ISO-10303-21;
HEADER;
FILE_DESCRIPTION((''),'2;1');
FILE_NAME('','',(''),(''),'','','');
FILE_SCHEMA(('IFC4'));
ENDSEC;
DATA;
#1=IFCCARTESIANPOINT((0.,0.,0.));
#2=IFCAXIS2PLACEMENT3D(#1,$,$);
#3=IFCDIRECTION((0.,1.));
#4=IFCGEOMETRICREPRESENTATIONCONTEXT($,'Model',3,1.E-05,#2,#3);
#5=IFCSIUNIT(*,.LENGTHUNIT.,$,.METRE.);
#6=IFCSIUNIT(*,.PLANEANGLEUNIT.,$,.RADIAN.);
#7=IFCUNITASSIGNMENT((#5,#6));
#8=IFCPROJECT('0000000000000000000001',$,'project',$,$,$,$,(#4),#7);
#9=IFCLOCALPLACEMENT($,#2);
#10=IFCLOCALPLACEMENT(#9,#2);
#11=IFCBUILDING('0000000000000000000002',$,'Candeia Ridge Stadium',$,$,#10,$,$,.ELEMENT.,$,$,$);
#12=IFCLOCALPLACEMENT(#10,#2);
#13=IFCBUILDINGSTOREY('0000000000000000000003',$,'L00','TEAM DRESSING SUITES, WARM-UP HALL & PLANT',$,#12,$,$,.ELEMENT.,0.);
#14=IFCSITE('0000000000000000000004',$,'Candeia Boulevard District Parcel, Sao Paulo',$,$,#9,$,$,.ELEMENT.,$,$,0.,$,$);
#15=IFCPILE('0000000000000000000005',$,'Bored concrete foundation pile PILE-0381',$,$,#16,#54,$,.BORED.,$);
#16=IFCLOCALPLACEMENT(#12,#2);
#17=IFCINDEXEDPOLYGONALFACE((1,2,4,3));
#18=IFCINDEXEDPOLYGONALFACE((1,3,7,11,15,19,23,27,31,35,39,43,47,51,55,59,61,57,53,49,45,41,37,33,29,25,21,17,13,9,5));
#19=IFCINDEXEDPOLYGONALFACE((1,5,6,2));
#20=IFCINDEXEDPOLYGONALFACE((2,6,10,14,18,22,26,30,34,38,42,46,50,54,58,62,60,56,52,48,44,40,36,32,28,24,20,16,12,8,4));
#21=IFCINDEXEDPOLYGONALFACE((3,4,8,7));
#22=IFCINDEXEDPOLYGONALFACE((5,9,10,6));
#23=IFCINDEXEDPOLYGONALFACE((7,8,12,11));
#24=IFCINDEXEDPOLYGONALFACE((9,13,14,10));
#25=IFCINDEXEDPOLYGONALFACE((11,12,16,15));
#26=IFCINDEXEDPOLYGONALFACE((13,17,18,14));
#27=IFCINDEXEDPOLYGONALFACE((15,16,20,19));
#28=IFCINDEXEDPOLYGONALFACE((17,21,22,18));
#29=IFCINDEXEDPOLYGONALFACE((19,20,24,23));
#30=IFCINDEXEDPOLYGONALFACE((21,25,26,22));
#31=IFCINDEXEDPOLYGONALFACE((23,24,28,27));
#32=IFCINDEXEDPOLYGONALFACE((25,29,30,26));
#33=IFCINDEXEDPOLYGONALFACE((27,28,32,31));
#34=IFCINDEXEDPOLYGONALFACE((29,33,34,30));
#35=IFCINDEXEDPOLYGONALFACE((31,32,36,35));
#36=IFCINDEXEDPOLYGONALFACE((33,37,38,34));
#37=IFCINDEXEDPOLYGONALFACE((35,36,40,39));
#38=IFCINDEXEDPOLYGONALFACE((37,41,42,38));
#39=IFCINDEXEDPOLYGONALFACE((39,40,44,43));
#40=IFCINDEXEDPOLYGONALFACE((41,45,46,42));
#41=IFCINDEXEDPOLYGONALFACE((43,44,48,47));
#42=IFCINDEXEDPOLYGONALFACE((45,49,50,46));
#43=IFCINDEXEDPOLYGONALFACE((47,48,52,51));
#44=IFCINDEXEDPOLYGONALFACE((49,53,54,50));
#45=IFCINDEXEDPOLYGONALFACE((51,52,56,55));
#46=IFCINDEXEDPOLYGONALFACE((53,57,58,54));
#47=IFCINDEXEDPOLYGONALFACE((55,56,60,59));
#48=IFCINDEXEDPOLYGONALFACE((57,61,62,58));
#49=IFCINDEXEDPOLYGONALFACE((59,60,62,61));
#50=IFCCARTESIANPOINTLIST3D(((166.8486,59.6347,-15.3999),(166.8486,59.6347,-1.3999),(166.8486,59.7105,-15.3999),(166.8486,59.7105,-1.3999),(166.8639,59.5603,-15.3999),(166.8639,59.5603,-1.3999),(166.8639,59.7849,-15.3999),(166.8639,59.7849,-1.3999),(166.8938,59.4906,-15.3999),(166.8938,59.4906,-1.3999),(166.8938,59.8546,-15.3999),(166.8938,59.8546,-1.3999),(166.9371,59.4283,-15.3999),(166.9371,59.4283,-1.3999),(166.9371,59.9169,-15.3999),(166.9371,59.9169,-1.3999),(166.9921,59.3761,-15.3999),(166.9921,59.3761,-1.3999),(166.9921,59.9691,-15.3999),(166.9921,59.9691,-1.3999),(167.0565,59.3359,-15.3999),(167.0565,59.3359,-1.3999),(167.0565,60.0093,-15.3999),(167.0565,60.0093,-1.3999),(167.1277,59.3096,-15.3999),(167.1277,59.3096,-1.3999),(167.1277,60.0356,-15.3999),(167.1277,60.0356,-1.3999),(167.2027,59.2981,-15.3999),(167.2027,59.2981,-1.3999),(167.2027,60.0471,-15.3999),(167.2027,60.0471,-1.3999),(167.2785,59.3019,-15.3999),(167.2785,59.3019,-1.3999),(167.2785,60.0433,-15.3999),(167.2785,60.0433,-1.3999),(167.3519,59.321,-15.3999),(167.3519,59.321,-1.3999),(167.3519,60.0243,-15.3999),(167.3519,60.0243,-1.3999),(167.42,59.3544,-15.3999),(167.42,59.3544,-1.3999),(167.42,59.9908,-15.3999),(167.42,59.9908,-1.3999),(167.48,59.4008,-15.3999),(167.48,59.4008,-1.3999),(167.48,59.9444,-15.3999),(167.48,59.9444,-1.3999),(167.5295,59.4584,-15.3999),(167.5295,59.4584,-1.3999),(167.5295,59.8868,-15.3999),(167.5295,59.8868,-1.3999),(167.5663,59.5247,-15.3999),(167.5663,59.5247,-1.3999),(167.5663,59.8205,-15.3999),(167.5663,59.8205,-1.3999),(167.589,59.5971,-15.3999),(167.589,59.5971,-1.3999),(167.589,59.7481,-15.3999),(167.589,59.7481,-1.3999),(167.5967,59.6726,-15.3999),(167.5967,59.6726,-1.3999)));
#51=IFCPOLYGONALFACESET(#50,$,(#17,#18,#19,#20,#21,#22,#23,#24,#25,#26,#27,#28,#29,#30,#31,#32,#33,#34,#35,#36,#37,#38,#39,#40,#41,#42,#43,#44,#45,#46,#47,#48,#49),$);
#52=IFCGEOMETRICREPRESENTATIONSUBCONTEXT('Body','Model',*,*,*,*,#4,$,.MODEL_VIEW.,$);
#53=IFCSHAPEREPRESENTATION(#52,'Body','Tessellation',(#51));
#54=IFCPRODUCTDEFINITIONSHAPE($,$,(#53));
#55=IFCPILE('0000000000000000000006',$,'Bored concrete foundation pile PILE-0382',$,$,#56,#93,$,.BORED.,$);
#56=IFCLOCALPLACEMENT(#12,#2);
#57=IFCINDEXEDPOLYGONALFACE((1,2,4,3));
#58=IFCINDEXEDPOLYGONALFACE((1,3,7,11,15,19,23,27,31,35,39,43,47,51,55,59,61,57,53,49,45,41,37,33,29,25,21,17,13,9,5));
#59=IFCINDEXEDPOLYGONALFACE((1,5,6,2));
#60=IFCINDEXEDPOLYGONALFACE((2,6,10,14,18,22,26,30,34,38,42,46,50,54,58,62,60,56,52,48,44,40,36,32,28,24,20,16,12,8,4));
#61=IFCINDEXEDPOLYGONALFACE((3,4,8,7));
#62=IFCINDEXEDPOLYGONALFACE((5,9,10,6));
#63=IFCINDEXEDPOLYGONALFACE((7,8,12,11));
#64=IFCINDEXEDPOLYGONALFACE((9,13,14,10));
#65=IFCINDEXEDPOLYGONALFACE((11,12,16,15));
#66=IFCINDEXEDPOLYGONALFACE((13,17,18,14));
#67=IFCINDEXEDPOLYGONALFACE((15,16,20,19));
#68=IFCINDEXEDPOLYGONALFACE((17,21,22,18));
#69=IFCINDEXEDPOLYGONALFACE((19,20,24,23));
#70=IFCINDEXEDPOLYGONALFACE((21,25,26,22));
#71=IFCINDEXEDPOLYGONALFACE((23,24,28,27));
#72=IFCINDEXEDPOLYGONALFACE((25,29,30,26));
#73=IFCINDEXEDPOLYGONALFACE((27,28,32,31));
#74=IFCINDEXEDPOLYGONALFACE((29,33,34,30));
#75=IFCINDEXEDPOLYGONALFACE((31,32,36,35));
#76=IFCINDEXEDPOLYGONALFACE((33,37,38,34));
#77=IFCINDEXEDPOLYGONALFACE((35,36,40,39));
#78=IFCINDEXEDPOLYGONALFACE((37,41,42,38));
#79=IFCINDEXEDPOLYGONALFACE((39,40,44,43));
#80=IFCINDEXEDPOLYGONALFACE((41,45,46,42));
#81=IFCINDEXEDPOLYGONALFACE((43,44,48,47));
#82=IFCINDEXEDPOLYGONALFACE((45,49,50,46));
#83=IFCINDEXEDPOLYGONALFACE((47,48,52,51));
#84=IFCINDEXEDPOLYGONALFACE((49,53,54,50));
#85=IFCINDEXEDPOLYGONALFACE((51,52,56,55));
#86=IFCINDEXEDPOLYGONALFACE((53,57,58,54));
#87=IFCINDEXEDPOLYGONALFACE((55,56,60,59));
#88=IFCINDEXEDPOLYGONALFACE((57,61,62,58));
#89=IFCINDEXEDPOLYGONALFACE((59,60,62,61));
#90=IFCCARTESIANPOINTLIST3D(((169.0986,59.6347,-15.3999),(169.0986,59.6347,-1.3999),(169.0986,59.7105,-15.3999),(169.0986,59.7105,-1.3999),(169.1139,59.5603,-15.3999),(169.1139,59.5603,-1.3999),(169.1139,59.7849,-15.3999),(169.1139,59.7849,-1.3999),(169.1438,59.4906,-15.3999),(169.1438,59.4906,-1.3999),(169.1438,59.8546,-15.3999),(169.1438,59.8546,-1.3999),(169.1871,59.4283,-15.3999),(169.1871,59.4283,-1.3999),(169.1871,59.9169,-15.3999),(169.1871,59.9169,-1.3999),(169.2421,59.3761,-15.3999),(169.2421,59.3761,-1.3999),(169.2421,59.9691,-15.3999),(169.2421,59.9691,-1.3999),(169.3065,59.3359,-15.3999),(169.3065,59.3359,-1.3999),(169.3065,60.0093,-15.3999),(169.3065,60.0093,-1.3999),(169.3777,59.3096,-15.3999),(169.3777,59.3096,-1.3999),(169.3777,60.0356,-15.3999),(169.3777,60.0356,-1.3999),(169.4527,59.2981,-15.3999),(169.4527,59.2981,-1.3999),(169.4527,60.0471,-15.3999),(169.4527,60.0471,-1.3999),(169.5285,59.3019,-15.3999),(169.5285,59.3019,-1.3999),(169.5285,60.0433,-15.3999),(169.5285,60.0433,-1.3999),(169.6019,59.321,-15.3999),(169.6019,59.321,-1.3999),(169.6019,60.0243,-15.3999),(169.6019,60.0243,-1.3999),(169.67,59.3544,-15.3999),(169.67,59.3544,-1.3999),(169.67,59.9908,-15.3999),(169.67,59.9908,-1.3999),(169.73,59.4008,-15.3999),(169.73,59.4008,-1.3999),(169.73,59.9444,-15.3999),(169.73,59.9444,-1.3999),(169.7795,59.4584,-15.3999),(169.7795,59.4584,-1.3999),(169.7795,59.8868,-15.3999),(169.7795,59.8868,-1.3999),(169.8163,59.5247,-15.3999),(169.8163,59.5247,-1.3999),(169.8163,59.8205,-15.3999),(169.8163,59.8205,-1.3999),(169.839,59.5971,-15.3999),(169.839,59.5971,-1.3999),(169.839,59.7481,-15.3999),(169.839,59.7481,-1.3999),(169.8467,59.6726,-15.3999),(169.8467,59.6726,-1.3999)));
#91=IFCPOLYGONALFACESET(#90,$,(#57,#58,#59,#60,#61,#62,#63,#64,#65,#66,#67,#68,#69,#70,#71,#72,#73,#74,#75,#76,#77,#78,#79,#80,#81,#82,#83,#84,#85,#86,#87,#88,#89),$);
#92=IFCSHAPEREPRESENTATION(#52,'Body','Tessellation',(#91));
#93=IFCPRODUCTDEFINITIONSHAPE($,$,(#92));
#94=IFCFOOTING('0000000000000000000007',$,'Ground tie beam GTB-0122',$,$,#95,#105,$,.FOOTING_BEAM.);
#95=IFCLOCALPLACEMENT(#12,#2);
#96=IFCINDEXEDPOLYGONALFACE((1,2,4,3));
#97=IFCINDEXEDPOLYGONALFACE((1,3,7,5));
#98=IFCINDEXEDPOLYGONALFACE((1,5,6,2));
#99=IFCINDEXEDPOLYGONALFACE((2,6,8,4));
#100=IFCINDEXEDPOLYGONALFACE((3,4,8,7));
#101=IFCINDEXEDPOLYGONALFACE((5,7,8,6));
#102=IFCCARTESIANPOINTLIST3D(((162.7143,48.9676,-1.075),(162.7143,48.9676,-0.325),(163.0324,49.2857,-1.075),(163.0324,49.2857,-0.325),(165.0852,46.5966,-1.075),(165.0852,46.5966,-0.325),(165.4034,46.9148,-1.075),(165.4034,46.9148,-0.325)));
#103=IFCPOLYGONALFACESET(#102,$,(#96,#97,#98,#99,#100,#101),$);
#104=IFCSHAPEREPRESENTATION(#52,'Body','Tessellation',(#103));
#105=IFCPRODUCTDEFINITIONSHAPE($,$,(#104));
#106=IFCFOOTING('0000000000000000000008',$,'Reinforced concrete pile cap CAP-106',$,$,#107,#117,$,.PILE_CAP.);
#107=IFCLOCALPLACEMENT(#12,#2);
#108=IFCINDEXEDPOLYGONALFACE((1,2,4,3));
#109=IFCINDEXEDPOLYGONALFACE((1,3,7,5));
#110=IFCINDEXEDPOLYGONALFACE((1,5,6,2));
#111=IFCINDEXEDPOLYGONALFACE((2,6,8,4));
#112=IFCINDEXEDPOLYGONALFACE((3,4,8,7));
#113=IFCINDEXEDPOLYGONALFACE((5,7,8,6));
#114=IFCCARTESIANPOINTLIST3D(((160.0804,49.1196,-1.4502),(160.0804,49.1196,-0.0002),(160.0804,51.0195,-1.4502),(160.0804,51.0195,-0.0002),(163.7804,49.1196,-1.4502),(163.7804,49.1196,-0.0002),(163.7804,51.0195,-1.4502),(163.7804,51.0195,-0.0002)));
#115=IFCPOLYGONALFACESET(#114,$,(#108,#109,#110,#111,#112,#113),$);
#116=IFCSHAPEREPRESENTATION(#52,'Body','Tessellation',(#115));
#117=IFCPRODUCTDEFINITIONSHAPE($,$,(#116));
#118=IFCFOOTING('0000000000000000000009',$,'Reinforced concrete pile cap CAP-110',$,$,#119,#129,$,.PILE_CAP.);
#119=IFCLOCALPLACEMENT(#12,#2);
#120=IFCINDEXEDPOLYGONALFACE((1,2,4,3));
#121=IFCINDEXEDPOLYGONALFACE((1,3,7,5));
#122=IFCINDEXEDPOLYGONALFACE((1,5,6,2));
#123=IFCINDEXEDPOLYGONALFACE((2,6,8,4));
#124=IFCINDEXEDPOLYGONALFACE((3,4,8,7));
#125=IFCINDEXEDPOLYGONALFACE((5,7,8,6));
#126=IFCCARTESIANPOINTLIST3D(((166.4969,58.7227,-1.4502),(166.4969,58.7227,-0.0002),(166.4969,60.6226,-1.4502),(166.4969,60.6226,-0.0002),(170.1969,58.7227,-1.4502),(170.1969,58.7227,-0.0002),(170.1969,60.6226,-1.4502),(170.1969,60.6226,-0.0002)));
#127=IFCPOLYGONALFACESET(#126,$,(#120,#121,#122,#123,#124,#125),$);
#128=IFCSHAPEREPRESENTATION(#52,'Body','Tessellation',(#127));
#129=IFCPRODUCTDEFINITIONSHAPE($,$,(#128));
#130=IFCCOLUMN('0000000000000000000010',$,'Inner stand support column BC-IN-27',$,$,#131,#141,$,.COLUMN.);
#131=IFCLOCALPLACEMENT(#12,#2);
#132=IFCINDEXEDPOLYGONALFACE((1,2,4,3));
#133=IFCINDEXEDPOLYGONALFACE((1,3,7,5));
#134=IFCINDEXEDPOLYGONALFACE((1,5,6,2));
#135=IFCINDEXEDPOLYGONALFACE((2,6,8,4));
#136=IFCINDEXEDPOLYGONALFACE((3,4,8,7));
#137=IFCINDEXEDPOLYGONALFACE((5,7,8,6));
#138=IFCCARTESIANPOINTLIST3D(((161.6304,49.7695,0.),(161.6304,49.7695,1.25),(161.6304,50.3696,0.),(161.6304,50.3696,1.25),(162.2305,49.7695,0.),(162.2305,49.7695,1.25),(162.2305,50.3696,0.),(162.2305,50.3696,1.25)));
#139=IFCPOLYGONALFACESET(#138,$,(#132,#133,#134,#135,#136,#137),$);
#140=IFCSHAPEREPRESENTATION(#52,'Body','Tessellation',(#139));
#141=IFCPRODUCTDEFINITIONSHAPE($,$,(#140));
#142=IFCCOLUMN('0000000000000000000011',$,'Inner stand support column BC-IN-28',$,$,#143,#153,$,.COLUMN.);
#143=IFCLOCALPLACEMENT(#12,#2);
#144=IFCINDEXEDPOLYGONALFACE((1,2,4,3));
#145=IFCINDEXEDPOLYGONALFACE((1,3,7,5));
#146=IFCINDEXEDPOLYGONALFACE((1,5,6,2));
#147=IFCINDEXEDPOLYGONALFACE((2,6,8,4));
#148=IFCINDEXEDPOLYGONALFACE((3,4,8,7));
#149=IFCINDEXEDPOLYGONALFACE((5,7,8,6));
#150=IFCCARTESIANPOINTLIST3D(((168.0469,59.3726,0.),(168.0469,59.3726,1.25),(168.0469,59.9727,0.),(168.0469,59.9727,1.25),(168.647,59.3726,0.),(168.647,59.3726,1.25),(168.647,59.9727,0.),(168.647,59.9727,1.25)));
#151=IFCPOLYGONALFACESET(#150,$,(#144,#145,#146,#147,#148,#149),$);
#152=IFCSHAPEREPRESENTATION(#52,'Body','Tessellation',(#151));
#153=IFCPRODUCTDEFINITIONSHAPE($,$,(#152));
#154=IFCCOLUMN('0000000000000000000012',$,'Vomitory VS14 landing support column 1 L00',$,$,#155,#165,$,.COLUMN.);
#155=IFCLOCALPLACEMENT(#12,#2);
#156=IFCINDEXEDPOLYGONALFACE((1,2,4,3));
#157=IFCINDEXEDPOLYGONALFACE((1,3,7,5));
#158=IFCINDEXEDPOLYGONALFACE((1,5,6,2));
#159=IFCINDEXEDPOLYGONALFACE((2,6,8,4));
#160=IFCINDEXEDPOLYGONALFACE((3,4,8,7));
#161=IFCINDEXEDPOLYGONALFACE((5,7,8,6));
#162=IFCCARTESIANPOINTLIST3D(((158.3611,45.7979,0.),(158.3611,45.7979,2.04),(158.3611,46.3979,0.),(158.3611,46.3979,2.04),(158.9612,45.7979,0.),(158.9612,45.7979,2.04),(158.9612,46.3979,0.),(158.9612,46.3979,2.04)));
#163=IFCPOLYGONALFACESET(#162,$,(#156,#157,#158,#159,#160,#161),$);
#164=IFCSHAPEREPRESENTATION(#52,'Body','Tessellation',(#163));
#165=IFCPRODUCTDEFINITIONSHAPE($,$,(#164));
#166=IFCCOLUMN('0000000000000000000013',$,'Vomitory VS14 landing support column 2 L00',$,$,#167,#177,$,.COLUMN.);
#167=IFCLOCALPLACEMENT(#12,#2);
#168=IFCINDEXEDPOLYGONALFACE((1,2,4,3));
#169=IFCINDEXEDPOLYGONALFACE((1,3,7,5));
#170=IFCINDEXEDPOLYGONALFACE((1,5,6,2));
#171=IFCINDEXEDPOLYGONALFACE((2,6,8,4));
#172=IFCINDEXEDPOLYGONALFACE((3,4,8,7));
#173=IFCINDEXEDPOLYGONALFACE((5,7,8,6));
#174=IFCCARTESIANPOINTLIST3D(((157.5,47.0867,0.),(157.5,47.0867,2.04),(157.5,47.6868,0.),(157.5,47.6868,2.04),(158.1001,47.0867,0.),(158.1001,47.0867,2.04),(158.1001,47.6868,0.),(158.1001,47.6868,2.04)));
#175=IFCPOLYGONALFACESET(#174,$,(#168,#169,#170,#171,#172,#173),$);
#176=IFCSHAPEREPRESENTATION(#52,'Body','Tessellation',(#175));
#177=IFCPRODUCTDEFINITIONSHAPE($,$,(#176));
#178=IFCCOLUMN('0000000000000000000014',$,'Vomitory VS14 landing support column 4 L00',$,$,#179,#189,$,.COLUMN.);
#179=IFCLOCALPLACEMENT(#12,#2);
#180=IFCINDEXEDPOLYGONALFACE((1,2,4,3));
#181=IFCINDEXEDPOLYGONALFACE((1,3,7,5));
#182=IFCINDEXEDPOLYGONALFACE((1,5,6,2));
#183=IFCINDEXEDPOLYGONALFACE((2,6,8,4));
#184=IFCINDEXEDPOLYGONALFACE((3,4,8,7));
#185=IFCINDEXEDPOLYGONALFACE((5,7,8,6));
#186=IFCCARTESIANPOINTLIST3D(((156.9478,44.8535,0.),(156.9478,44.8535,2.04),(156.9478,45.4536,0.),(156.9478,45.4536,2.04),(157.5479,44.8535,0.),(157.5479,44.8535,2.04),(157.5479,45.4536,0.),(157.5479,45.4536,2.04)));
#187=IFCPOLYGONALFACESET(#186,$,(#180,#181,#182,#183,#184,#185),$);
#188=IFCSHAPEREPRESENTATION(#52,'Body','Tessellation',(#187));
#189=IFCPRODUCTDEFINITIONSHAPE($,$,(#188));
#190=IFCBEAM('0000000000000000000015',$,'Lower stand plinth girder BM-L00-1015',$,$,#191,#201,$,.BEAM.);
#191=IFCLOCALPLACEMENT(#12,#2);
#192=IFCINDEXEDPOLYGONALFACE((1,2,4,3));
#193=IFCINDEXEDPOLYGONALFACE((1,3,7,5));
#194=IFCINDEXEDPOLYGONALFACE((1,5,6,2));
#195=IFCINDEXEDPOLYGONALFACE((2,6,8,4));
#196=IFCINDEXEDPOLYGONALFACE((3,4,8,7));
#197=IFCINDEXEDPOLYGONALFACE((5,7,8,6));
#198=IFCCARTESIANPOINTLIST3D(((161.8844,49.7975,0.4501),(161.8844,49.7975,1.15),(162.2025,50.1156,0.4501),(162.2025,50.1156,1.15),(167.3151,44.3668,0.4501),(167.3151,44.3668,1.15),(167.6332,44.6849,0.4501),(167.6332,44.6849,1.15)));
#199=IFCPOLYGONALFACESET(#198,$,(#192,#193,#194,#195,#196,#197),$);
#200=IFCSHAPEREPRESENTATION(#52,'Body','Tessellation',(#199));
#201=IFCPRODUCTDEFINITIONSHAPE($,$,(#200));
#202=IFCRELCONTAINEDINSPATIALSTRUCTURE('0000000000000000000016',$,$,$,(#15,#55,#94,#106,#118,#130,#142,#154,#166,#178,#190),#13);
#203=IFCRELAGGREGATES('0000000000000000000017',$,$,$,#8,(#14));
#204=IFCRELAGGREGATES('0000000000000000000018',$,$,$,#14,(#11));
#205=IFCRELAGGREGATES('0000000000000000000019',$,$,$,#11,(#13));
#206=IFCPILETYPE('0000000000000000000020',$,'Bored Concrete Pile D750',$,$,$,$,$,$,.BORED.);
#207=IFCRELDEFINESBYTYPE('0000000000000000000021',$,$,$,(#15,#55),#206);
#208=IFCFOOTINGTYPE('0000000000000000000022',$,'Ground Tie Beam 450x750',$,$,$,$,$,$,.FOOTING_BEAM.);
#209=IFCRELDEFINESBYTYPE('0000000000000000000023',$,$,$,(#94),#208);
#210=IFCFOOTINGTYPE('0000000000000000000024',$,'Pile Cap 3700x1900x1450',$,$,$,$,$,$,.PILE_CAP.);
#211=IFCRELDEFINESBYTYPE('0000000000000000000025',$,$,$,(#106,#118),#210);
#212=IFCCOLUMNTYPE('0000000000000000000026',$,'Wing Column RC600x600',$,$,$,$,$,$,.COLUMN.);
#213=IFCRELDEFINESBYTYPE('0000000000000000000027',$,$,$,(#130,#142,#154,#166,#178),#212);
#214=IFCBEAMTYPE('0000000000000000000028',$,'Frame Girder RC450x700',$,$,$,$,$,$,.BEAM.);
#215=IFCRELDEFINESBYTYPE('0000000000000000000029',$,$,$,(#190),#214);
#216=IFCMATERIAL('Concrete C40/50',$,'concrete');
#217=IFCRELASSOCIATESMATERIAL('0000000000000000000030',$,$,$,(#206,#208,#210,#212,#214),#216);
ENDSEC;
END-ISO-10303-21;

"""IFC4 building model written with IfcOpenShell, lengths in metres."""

from ifc_helpers import new_model, si_unit, direction, frame, origin, origin_2d, place, context, subcontext, project, spatial, rectangle, circle, extrude, material, material_profile, profile_set, type_object, element, save


model = new_model("IFC4")

# Units and contexts
model_context = context("Model", 3, precision=1e-05, world=origin(), true_north=direction((0.0, 1.0)))
body_context = subcontext(model_context, "Body", "Model", "MODEL_VIEW")
ifc_project = project(units=[si_unit("LENGTHUNIT", "METRE"), si_unit("PLANEANGLEUNIT", "RADIAN")], contexts=[model_context])

# Site, building, storey
site_placement = place(None, origin())
site = spatial("IfcSite", under=ifc_project, at=site_placement, Name="Candeia Boulevard District Parcel, Sao Paulo", CompositionType="ELEMENT", RefElevation=0.0)
building_placement = place(site_placement, origin())
building = spatial("IfcBuilding", under=site, at=building_placement, Name="Candeia Ridge Stadium", CompositionType="ELEMENT")
storey_placement = place(building_placement, origin())
storey = spatial("IfcBuildingStorey", under=building, at=storey_placement, Name="L00", Description="TEAM DRESSING SUITES, WARM-UP HALL & PLANT", CompositionType="ELEMENT", Elevation=0.0)

# Piles
ifc_material_1 = material(Name="Concrete C40/50", Category="concrete")
ifc_material_profile_1 = material_profile(ifc_material_1, circle(Radius=0.375, at=origin_2d()), Name="PILE-D750", Category="concrete")
ifc_profile_set_1 = profile_set([ifc_material_profile_1], Name="Concrete C40/50")
pile_type_1 = type_object("IfcPileType", Name="Bored Concrete Pile D750", PredefinedType="BORED", material=ifc_profile_set_1)
for number, where, z_axis, x_axis, name in (
    (1, (167.2217, 59.6726, -1.3999), (0.0, 0.0, -1.0), (1.0, 0.0, 0.0), "Bored concrete foundation pile PILE-0381"),
    (2, (169.4717, 59.6726, -1.3999), (0.0, 0.0, -1.0), (1.0, 0.0, 0.0), "Bored concrete foundation pile PILE-0382"),
):
    element("IfcPile", number, at=place(storey_placement, frame(where, z_axis=z_axis, x_axis=x_axis)), inside=storey, type_object=pile_type_1, Name=name, PredefinedType="BORED", context=body_context, shape_type="SweptSolid", body=[
        extrude(circle(Radius=0.375, at=origin_2d()), origin(), (0.0, 0.0, 1.0), 14.0),
    ])

# Footings
footing_type_1 = type_object("IfcFootingType", Name="Ground Tie Beam 450x750", PredefinedType="FOOTING_BEAM", material=ifc_material_1)
footing_placement = place(storey_placement, frame((164.0588, 47.9412, -1.075), z_axis=(0.0, 0.0, 1.0), x_axis=(0.707107, -0.707107, 0.0)))
element("IfcFooting", 3, at=footing_placement, inside=storey, type_object=footing_type_1, Name="Ground tie beam GTB-0122", PredefinedType="FOOTING_BEAM", context=body_context, shape_type="SweptSolid", body=[
    extrude(rectangle(XDim=3.353, YDim=0.45, at=origin_2d()), origin(), (0.0, 0.0, 1.0), 0.75),
])
footing_type_2 = type_object("IfcFootingType", Name="Pile Cap 3700x1900x1450", PredefinedType="PILE_CAP", material=ifc_material_1)
for number, where, z_axis, x_axis, name in (
    (4, (161.9304, 50.0696, -1.4502), (0.0, 0.0, 1.0), (1.0, 0.0, 0.0), "Reinforced concrete pile cap CAP-106"),
    (5, (168.3469, 59.6726, -1.4502), (0.0, 0.0, 1.0), (1.0, 0.0, 0.0), "Reinforced concrete pile cap CAP-110"),
):
    element("IfcFooting", number, at=place(storey_placement, frame(where, z_axis=z_axis, x_axis=x_axis)), inside=storey, type_object=footing_type_2, Name=name, PredefinedType="PILE_CAP", context=body_context, shape_type="SweptSolid", body=[
        extrude(rectangle(XDim=3.7, YDim=1.8999, at=origin_2d()), origin(), (0.0, 0.0, 1.0), 1.45),
    ])

# Columns
ifc_material_profile_2 = material_profile(ifc_material_1, rectangle(XDim=0.6001, YDim=0.6001, at=origin_2d()), Name="RC600x600", Category="concrete")
ifc_profile_set_2 = profile_set([ifc_material_profile_2], Name="Concrete C40/50")
column_type = type_object("IfcColumnType", Name="Wing Column RC600x600", PredefinedType="COLUMN", material=ifc_profile_set_2)
for number, where, z_axis, x_axis, name in (
    (6, (161.9304, 50.0696, 0.0), (0.0, 0.0, 1.0), (1.0, 0.0, 0.0), "Inner stand support column BC-IN-27"),
    (7, (168.3469, 59.6726, 0.0), (0.0, 0.0, 1.0), (1.0, 0.0, 0.0), "Inner stand support column BC-IN-28"),
):
    element("IfcColumn", number, at=place(storey_placement, frame(where, z_axis=z_axis, x_axis=x_axis)), inside=storey, type_object=column_type, Name=name, PredefinedType="COLUMN", context=body_context, shape_type="SweptSolid", body=[
        extrude(rectangle(XDim=0.6001, YDim=0.6001, at=origin_2d()), origin(), (0.0, 0.0, 1.0), 1.25),
    ])
for number, where, z_axis, x_axis, name in (
    (8, (158.6611, 46.0979, 0.0), (0.0, 0.0, 1.0), (1.0, 0.0, 0.0), "Vomitory VS14 landing support column 1 L00"),
    (9, (157.8, 47.3867, 0.0), (0.0, 0.0, 1.0), (1.0, 0.0, 0.0), "Vomitory VS14 landing support column 2 L00"),
    (10, (157.2478, 45.1536, 0.0), (0.0, 0.0, 1.0), (1.0, 0.0, 0.0), "Vomitory VS14 landing support column 4 L00"),
):
    element("IfcColumn", number, at=place(storey_placement, frame(where, z_axis=z_axis, x_axis=x_axis)), inside=storey, type_object=column_type, Name=name, PredefinedType="COLUMN", context=body_context, shape_type="SweptSolid", body=[
        extrude(rectangle(XDim=0.6001, YDim=0.6001, at=origin_2d()), origin(), (0.0, 0.0, 1.0), 2.04),
    ])

# Beam
ifc_material_profile_3 = material_profile(ifc_material_1, rectangle(XDim=0.45, YDim=0.7, at=origin_2d()), Name="RC450x700", Category="concrete")
ifc_profile_set_3 = profile_set([ifc_material_profile_3], Name="Concrete C40/50")
beam_type_1 = type_object("IfcBeamType", Name="Frame Girder RC450x700", PredefinedType="BEAM", material=ifc_profile_set_3)
beam_1_placement = place(storey_placement, frame((162.0435, 49.9565, 0.8), z_axis=(0.707107, -0.707107, 0.0), x_axis=(0.707107, 0.707107, 0.0)))
element("IfcBeam", 11, at=beam_1_placement, inside=storey, type_object=beam_type_1, Name="Lower stand plinth girder BM-L00-1015", PredefinedType="BEAM", context=body_context, shape_type="SweptSolid", body=[
    extrude(rectangle(XDim=0.45, YDim=0.7, at=origin_2d()), origin(), (0.0, 0.0, 1.0), 7.6802),
])

save(model, "model.ifc")
